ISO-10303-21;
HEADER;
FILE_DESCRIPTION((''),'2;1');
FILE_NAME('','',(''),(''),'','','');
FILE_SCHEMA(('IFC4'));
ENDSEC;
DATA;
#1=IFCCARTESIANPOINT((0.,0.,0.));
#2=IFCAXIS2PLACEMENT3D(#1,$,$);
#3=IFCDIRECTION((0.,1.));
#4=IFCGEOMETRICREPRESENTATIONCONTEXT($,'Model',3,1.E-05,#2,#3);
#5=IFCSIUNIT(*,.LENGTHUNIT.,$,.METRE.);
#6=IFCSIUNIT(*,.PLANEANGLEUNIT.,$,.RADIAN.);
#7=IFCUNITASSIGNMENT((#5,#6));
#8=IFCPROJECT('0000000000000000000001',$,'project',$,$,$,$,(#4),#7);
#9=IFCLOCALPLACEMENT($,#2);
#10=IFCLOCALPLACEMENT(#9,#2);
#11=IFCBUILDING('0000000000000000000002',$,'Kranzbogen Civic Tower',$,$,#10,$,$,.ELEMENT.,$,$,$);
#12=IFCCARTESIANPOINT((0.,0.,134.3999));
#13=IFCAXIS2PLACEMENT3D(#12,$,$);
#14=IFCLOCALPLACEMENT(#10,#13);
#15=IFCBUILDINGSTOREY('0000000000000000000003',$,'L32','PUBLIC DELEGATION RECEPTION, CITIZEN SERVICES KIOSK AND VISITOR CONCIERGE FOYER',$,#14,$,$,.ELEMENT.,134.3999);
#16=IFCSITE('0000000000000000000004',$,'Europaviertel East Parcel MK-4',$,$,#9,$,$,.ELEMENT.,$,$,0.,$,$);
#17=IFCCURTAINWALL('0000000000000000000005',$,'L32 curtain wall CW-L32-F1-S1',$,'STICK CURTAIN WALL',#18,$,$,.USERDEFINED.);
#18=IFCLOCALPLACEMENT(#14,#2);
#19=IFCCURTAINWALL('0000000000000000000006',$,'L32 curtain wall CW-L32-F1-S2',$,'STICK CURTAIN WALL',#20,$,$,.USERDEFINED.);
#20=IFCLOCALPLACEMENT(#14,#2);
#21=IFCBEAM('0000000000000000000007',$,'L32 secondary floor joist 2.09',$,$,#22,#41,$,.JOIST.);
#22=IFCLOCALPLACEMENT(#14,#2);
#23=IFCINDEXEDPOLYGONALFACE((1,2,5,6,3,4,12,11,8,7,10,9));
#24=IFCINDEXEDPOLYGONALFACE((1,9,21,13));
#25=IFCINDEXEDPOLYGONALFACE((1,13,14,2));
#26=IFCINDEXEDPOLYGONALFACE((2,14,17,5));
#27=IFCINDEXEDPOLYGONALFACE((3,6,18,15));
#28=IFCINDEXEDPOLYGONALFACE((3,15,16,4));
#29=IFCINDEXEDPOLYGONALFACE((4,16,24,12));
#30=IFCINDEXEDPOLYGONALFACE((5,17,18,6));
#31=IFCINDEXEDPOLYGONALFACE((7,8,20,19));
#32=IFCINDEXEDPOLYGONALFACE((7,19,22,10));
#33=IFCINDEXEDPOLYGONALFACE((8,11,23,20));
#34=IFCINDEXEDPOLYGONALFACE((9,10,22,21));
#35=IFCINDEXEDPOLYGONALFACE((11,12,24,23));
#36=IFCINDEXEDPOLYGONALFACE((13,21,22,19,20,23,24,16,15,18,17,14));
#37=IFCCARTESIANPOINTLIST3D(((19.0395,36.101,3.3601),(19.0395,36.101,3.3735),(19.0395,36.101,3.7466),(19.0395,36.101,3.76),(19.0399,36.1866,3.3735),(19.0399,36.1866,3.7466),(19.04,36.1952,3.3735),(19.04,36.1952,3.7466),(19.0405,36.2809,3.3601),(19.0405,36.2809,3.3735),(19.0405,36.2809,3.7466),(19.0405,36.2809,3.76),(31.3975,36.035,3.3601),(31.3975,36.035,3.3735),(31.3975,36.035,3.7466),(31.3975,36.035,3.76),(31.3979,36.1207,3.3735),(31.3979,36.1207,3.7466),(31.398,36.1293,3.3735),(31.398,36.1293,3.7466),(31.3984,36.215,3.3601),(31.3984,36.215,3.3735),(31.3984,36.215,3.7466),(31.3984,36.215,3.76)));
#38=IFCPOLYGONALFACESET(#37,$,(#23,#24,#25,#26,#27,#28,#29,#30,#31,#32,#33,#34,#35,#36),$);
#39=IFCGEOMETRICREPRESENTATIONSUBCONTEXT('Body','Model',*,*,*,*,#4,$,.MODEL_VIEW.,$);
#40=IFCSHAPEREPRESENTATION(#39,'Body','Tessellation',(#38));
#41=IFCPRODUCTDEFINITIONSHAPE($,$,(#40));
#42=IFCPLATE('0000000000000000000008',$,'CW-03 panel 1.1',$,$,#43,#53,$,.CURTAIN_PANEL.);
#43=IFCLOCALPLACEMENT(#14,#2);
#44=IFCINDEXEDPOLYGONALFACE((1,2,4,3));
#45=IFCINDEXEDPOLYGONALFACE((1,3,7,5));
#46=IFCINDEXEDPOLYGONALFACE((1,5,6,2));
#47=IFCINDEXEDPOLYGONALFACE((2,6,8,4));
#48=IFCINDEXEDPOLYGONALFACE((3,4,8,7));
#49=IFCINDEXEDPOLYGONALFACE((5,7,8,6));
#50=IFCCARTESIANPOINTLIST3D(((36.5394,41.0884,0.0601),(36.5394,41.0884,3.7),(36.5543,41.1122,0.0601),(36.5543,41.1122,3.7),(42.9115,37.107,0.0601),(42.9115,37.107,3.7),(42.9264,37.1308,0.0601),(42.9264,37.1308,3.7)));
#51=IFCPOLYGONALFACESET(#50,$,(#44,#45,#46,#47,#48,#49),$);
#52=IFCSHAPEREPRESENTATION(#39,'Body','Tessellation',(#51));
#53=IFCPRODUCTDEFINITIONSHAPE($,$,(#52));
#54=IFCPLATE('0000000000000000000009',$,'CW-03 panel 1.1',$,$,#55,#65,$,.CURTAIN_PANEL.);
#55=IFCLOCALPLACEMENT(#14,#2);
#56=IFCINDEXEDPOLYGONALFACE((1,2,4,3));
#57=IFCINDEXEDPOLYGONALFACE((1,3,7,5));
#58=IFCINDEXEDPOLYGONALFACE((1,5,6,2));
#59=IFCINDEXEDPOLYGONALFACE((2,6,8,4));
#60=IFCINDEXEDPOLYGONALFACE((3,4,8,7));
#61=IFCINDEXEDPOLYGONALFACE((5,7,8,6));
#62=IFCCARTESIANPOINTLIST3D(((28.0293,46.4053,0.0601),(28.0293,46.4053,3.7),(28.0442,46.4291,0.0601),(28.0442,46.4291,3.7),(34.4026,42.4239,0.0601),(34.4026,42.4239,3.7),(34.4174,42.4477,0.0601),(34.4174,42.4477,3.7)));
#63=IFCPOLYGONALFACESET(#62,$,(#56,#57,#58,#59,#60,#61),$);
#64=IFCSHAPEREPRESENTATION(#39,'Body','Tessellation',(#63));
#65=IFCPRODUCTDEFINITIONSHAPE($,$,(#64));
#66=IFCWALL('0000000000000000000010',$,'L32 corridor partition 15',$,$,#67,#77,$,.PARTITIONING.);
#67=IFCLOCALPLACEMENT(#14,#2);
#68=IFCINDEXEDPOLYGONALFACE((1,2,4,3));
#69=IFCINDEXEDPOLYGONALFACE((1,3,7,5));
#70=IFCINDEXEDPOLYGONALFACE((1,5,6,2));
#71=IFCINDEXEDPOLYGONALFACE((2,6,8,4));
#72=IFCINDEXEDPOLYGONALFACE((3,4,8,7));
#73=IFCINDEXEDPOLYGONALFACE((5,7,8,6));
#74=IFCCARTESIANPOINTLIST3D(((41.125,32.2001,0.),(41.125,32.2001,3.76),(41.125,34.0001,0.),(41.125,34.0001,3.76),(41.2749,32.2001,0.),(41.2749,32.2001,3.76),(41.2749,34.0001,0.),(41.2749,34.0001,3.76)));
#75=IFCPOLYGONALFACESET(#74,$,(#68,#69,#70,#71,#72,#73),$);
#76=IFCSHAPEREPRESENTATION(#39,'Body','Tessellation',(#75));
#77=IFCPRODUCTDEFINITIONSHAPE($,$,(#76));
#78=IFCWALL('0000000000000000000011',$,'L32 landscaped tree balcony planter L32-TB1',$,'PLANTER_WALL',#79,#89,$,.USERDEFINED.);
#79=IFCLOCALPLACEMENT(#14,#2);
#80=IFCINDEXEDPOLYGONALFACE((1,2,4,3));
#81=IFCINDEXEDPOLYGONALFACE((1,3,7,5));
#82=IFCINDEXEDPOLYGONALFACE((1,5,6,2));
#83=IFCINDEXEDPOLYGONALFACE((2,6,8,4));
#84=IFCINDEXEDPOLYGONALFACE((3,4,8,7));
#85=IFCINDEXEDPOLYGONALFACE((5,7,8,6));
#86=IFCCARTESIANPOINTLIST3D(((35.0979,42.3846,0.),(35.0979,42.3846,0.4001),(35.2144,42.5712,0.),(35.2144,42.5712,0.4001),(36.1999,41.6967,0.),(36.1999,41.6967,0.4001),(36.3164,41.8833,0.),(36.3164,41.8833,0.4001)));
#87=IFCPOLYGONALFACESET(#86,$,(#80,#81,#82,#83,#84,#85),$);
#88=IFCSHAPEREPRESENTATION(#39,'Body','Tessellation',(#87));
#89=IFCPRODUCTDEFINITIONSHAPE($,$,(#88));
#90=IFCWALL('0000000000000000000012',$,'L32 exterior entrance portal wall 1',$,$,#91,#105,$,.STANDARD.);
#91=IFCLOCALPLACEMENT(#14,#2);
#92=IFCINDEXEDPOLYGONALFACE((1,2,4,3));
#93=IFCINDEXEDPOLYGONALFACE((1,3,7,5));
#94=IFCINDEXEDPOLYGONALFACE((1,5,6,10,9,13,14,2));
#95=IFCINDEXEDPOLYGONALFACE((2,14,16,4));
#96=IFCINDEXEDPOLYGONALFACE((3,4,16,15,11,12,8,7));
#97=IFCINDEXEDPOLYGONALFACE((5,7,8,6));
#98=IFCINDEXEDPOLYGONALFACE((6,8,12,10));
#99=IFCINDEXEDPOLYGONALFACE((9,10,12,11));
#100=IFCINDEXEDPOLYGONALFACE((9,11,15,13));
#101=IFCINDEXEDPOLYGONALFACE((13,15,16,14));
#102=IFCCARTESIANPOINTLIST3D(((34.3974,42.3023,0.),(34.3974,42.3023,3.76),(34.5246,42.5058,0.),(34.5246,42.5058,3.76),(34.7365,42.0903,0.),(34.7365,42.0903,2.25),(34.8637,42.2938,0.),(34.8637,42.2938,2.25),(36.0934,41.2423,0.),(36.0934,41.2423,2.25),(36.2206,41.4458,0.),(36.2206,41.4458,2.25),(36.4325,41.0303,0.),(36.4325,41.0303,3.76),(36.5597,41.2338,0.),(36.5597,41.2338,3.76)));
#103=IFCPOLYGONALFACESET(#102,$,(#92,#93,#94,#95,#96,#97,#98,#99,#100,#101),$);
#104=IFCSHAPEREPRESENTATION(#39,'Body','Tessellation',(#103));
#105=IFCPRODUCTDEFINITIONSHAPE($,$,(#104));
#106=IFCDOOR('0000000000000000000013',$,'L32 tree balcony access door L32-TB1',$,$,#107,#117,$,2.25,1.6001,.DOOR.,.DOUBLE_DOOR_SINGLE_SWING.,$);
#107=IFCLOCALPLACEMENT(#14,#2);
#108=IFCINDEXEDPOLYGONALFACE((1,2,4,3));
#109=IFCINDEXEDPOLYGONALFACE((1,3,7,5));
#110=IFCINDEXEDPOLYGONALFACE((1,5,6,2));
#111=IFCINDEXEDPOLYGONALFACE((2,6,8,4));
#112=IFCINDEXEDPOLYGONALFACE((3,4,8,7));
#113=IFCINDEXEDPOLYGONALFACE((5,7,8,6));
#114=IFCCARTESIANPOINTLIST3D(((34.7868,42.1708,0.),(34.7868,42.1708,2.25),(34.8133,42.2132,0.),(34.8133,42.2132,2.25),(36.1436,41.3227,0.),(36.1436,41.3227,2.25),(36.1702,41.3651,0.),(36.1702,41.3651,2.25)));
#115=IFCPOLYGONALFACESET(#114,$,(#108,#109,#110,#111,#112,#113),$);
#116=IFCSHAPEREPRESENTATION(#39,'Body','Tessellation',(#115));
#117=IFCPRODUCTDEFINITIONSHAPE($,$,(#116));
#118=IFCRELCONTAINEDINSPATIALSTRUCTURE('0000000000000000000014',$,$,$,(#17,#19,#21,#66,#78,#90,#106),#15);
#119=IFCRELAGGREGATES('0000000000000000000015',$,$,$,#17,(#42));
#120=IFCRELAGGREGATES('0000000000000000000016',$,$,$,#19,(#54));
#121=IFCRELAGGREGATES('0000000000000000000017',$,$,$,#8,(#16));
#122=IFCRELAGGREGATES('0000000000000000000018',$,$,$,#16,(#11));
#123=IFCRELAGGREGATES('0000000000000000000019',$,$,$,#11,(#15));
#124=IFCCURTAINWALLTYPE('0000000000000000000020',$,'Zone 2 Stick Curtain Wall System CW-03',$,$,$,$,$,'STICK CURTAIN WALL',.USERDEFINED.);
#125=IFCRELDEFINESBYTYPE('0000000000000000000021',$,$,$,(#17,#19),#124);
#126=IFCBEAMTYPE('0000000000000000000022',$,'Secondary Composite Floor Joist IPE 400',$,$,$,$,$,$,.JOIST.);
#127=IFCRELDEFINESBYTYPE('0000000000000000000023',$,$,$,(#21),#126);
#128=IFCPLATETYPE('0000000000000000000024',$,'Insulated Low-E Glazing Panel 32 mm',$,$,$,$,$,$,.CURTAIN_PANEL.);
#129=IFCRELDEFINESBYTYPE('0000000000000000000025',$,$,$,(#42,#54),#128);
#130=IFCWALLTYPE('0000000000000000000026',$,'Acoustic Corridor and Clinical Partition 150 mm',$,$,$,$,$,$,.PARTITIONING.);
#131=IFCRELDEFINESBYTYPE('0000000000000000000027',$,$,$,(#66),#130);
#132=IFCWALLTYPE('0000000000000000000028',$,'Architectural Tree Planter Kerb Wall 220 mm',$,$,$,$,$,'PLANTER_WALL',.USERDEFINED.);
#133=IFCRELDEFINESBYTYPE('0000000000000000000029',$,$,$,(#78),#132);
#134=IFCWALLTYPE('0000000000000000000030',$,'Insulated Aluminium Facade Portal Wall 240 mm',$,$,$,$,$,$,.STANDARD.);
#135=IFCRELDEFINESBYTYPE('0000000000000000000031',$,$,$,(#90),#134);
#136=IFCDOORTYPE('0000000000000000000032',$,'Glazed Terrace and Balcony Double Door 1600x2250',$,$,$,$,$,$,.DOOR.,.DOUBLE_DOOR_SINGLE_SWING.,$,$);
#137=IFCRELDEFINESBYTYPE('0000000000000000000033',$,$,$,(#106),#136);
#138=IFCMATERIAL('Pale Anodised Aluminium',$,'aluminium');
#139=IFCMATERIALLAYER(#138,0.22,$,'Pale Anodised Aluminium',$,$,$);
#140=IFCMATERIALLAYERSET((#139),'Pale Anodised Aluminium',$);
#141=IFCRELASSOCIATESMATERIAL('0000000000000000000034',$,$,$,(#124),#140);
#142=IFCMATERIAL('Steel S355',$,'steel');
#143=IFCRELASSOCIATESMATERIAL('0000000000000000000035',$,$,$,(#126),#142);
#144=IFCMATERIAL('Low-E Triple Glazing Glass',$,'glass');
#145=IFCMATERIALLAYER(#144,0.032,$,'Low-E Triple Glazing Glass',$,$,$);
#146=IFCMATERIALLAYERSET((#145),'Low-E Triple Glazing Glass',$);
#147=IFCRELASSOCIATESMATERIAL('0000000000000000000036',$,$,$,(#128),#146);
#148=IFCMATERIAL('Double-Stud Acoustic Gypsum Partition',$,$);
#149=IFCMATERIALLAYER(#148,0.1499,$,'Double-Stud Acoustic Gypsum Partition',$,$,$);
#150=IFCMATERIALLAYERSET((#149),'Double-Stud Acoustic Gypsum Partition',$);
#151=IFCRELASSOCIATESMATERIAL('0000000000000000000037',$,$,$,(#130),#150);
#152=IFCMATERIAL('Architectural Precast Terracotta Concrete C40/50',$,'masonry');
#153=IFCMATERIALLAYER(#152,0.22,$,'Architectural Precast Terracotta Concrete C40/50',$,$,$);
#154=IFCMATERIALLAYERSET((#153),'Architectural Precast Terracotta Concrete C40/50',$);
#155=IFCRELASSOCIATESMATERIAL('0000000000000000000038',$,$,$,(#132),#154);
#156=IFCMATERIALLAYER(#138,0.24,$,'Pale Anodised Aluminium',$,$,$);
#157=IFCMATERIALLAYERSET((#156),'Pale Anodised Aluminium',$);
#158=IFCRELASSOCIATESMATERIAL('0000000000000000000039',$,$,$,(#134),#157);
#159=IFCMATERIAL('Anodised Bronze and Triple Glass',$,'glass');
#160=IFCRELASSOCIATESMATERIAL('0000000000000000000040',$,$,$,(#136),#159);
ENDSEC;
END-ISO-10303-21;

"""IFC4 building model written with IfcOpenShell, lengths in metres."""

from ifc_helpers import new_model, si_unit, direction, frame, frame_2d, origin, origin_2d, place, context, subcontext, project, spatial, rectangle, i_section, extrude, material, layer, layer_set, material_profile, profile_set, type_object, element, fill, aggregate, save


model = new_model("IFC4")

# Units and contexts
model_context = context("Model", 3, precision=1e-05, world=origin(), true_north=direction((0.0, 1.0)))
body_context = subcontext(model_context, "Body", "Model", "MODEL_VIEW")
ifc_project = project(units=[si_unit("LENGTHUNIT", "METRE"), si_unit("PLANEANGLEUNIT", "RADIAN")], contexts=[model_context])

# Site, building, storey
site_placement = place(None, origin())
site = spatial("IfcSite", under=ifc_project, at=site_placement, Name="Europaviertel East Parcel MK-4", CompositionType="ELEMENT", RefElevation=0.0)
building_placement = place(site_placement, origin())
building = spatial("IfcBuilding", under=site, at=building_placement, Name="Kranzbogen Civic Tower", CompositionType="ELEMENT")
storey_placement = place(building_placement, frame((0.0, 0.0, 134.3999)))
storey = spatial("IfcBuildingStorey", under=building, at=storey_placement, Name="L32", Description="PUBLIC DELEGATION RECEPTION, CITIZEN SERVICES KIOSK AND VISITOR CONCIERGE FOYER", CompositionType="ELEMENT", Elevation=134.3999)

# Curtain wall
ifc_material_1 = material(Name="Pale Anodised Aluminium", Category="aluminium")
ifc_layer_1 = layer(ifc_material_1, 0.22, Name="Pale Anodised Aluminium")
ifc_layer_set_1 = layer_set([ifc_layer_1], Name="Pale Anodised Aluminium")
curtain_wall_type = type_object("IfcCurtainWallType", Name="Zone 2 Stick Curtain Wall System CW-03", ElementType="STICK CURTAIN WALL", PredefinedType="USERDEFINED", material=ifc_layer_set_1)
curtain_wall_1_placement = place(storey_placement, origin())
curtain_wall_1 = element("IfcCurtainWall", 1, at=curtain_wall_1_placement, inside=storey, type_object=curtain_wall_type, Name="L32 curtain wall CW-L32-F1-S1", ObjectType="STICK CURTAIN WALL", PredefinedType="USERDEFINED")

# Curtain wall
curtain_wall_2_placement = place(storey_placement, origin())
curtain_wall_2 = element("IfcCurtainWall", 2, at=curtain_wall_2_placement, inside=storey, type_object=curtain_wall_type, Name="L32 curtain wall CW-L32-F1-S2", ObjectType="STICK CURTAIN WALL", PredefinedType="USERDEFINED")

# Beam
ifc_material_2 = material(Name="Steel S355", Category="steel")
ifc_material_profile_1 = material_profile(ifc_material_2, i_section(OverallWidth=0.1799, OverallDepth=0.3999, WebThickness=0.0085, FlangeThickness=0.0134, at=origin_2d()), Name="IPE 400")
ifc_profile_set_1 = profile_set([ifc_material_profile_1], Name="Steel S355")
beam_type_1 = type_object("IfcBeamType", Name="Secondary Composite Floor Joist IPE 400", PredefinedType="JOIST", material=ifc_profile_set_1)
beam_1_placement = place(storey_placement, frame((31.3979, 36.125, 3.5601), z_axis=(-0.999986, 0.005334, 0.0), x_axis=(-0.005334, -0.999986, 0.0)))
element("IfcBeam", 3, at=beam_1_placement, inside=storey, type_object=beam_type_1, Name="L32 secondary floor joist 2.09", PredefinedType="JOIST", context=body_context, shape_type="SweptSolid", body=[
    extrude(i_section(OverallWidth=0.1799, OverallDepth=0.3999, WebThickness=0.0085, FlangeThickness=0.0134, at=origin_2d()), origin(), (0.0, 0.0, 1.0), 12.3582),
])

# Plates
ifc_material_3 = material(Name="Low-E Triple Glazing Glass", Category="glass")
ifc_layer_2 = layer(ifc_material_3, 0.032, Name="Low-E Triple Glazing Glass")
ifc_layer_set_2 = layer_set([ifc_layer_2], Name="Low-E Triple Glazing Glass")
plate_type = type_object("IfcPlateType", Name="Insulated Low-E Glazing Panel 32 mm", PredefinedType="CURTAIN_PANEL", material=ifc_layer_set_2)
plate_1_placement = place(storey_placement, frame((39.7329, 39.1096, 0.0601), z_axis=(0.0, 0.0, 1.0), x_axis=(-0.848072, 0.529881, 0.0)))
plate_1 = element("IfcPlate", 4, at=plate_1_placement, type_object=plate_type, Name="CW-03 panel 1.1", PredefinedType="CURTAIN_PANEL", context=body_context, shape_type="SweptSolid", body=[
    extrude(rectangle(XDim=7.5137, YDim=0.0281, at=origin_2d()), origin(), (0.0, 0.0, 1.0), 3.6399),
])
aggregate(curtain_wall_1, [plate_1])
plate_2_placement = place(storey_placement, frame((31.2234, 44.4265, 0.0601), z_axis=(0.0, 0.0, 1.0), x_axis=(-0.848109, 0.529822, 0.0)))
plate_2 = element("IfcPlate", 5, at=plate_2_placement, type_object=plate_type, Name="CW-03 panel 1.1", PredefinedType="CURTAIN_PANEL", context=body_context, shape_type="SweptSolid", body=[
    extrude(rectangle(XDim=7.5146, YDim=0.0281, at=origin_2d()), origin(), (0.0, 0.0, 1.0), 3.6399),
])
aggregate(curtain_wall_2, [plate_2])

# Walls
ifc_material_4 = material(Name="Double-Stud Acoustic Gypsum Partition")
ifc_layer_3 = layer(ifc_material_4, 0.1499, Name="Double-Stud Acoustic Gypsum Partition")
ifc_layer_set_3 = layer_set([ifc_layer_3], Name="Double-Stud Acoustic Gypsum Partition")
wall_type_1 = type_object("IfcWallType", Name="Acoustic Corridor and Clinical Partition 150 mm", PredefinedType="PARTITIONING", material=ifc_layer_set_3)
wall_1_placement = place(storey_placement, frame((41.2, 34.0, 0.0), z_axis=(0.0, 0.0, 1.0), x_axis=(0.0, -1.0, 0.0)))
element("IfcWall", 6, at=wall_1_placement, inside=storey, type_object=wall_type_1, Name="L32 corridor partition 15", PredefinedType="PARTITIONING", context=body_context, shape_type="SweptSolid", body=[
    extrude(rectangle(XDim=1.8, YDim=0.1499, at=frame_2d((0.8999, 0.0))), origin(), (0.0, 0.0, 1.0), 3.76),
])
ifc_material_5 = material(Name="Architectural Precast Terracotta Concrete C40/50", Category="masonry")
ifc_layer_4 = layer(ifc_material_5, 0.22, Name="Architectural Precast Terracotta Concrete C40/50")
ifc_layer_set_4 = layer_set([ifc_layer_4], Name="Architectural Precast Terracotta Concrete C40/50")
wall_type_2 = type_object("IfcWallType", Name="Architectural Tree Planter Kerb Wall 220 mm", ElementType="PLANTER_WALL", PredefinedType="USERDEFINED", material=ifc_layer_set_4)
wall_2_placement = place(storey_placement, frame((36.2581, 41.79, 0.0), z_axis=(0.0, 0.0, 1.0), x_axis=(-0.848273, 0.52956, 0.0)))
element("IfcWall", 7, at=wall_2_placement, inside=storey, type_object=wall_type_2, Name="L32 landscaped tree balcony planter L32-TB1", ObjectType="PLANTER_WALL", PredefinedType="USERDEFINED", context=body_context, shape_type="SweptSolid", body=[
    extrude(rectangle(XDim=1.2991, YDim=0.22, at=frame_2d((0.6494, 0.0))), origin(), (0.0, 0.0, 1.0), 0.4001),
])

# Wall, opening, door
ifc_layer_5 = layer(ifc_material_1, 0.24, Name="Pale Anodised Aluminium")
ifc_layer_set_5 = layer_set([ifc_layer_5], Name="Pale Anodised Aluminium")
wall_type_3 = type_object("IfcWallType", Name="Insulated Aluminium Facade Portal Wall 240 mm", PredefinedType="STANDARD", material=ifc_layer_set_5)
wall_3_placement = place(storey_placement, frame((36.4961, 41.1321, 0.0), z_axis=(0.0, 0.0, 1.0), x_axis=(-0.847998, 0.529999, 0.0)))
wall_3 = element("IfcWall", 8, at=wall_3_placement, inside=storey, type_object=wall_type_3, Name="L32 exterior entrance portal wall 1", PredefinedType="STANDARD", context=body_context, shape_type="SweptSolid", body=[
    extrude(rectangle(XDim=2.3999, YDim=0.24, at=frame_2d((1.2, 0.0))), origin(), (0.0, 0.0, 1.0), 3.76),
])
opening_placement = place(wall_3_placement, frame((0.3999, 0.0, 0.0)))
opening = element("IfcOpeningElement", 9, at=opening_placement, cuts=wall_3, PredefinedType="OPENING", context=body_context, shape_type="SweptSolid", body=[
    extrude(rectangle(XDim=1.6001, YDim=2.25, at=frame_2d((0.8, 1.125))), frame((0.0, 0.1299, 0.0), z_axis=(0.0, -1.0, 0.0), x_axis=(1.0, 0.0, 0.0)), (0.0, 0.0, 1.0), 0.26),
])
ifc_material_6 = material(Name="Anodised Bronze and Triple Glass", Category="glass")
door_type = type_object("IfcDoorType", Name="Glazed Terrace and Balcony Double Door 1600x2250", OperationType="DOUBLE_DOOR_SINGLE_SWING", PredefinedType="DOOR", material=ifc_material_6)
door_placement = place(opening_placement, frame((1.6001, 0.0, 0.0), z_axis=(0.0, 0.0, 1.0), x_axis=(-1.0, 0.0, 0.0)))
door = element("IfcDoor", 10, at=door_placement, inside=storey, type_object=door_type, Name="L32 tree balcony access door L32-TB1", OperationType="DOUBLE_DOOR_SINGLE_SWING", OverallHeight=2.25, OverallWidth=1.6001, PredefinedType="DOOR", context=body_context, shape_type="SweptSolid", body=[
    extrude(rectangle(XDim=1.6001, YDim=2.25, at=frame_2d((0.8, 1.125))), frame((0.0, 0.0249, 0.0), z_axis=(0.0, -1.0, 0.0), x_axis=(1.0, 0.0, 0.0)), (0.0, 0.0, 1.0), 0.05),
])
fill(opening, door)

save(model, "model.ifc")
